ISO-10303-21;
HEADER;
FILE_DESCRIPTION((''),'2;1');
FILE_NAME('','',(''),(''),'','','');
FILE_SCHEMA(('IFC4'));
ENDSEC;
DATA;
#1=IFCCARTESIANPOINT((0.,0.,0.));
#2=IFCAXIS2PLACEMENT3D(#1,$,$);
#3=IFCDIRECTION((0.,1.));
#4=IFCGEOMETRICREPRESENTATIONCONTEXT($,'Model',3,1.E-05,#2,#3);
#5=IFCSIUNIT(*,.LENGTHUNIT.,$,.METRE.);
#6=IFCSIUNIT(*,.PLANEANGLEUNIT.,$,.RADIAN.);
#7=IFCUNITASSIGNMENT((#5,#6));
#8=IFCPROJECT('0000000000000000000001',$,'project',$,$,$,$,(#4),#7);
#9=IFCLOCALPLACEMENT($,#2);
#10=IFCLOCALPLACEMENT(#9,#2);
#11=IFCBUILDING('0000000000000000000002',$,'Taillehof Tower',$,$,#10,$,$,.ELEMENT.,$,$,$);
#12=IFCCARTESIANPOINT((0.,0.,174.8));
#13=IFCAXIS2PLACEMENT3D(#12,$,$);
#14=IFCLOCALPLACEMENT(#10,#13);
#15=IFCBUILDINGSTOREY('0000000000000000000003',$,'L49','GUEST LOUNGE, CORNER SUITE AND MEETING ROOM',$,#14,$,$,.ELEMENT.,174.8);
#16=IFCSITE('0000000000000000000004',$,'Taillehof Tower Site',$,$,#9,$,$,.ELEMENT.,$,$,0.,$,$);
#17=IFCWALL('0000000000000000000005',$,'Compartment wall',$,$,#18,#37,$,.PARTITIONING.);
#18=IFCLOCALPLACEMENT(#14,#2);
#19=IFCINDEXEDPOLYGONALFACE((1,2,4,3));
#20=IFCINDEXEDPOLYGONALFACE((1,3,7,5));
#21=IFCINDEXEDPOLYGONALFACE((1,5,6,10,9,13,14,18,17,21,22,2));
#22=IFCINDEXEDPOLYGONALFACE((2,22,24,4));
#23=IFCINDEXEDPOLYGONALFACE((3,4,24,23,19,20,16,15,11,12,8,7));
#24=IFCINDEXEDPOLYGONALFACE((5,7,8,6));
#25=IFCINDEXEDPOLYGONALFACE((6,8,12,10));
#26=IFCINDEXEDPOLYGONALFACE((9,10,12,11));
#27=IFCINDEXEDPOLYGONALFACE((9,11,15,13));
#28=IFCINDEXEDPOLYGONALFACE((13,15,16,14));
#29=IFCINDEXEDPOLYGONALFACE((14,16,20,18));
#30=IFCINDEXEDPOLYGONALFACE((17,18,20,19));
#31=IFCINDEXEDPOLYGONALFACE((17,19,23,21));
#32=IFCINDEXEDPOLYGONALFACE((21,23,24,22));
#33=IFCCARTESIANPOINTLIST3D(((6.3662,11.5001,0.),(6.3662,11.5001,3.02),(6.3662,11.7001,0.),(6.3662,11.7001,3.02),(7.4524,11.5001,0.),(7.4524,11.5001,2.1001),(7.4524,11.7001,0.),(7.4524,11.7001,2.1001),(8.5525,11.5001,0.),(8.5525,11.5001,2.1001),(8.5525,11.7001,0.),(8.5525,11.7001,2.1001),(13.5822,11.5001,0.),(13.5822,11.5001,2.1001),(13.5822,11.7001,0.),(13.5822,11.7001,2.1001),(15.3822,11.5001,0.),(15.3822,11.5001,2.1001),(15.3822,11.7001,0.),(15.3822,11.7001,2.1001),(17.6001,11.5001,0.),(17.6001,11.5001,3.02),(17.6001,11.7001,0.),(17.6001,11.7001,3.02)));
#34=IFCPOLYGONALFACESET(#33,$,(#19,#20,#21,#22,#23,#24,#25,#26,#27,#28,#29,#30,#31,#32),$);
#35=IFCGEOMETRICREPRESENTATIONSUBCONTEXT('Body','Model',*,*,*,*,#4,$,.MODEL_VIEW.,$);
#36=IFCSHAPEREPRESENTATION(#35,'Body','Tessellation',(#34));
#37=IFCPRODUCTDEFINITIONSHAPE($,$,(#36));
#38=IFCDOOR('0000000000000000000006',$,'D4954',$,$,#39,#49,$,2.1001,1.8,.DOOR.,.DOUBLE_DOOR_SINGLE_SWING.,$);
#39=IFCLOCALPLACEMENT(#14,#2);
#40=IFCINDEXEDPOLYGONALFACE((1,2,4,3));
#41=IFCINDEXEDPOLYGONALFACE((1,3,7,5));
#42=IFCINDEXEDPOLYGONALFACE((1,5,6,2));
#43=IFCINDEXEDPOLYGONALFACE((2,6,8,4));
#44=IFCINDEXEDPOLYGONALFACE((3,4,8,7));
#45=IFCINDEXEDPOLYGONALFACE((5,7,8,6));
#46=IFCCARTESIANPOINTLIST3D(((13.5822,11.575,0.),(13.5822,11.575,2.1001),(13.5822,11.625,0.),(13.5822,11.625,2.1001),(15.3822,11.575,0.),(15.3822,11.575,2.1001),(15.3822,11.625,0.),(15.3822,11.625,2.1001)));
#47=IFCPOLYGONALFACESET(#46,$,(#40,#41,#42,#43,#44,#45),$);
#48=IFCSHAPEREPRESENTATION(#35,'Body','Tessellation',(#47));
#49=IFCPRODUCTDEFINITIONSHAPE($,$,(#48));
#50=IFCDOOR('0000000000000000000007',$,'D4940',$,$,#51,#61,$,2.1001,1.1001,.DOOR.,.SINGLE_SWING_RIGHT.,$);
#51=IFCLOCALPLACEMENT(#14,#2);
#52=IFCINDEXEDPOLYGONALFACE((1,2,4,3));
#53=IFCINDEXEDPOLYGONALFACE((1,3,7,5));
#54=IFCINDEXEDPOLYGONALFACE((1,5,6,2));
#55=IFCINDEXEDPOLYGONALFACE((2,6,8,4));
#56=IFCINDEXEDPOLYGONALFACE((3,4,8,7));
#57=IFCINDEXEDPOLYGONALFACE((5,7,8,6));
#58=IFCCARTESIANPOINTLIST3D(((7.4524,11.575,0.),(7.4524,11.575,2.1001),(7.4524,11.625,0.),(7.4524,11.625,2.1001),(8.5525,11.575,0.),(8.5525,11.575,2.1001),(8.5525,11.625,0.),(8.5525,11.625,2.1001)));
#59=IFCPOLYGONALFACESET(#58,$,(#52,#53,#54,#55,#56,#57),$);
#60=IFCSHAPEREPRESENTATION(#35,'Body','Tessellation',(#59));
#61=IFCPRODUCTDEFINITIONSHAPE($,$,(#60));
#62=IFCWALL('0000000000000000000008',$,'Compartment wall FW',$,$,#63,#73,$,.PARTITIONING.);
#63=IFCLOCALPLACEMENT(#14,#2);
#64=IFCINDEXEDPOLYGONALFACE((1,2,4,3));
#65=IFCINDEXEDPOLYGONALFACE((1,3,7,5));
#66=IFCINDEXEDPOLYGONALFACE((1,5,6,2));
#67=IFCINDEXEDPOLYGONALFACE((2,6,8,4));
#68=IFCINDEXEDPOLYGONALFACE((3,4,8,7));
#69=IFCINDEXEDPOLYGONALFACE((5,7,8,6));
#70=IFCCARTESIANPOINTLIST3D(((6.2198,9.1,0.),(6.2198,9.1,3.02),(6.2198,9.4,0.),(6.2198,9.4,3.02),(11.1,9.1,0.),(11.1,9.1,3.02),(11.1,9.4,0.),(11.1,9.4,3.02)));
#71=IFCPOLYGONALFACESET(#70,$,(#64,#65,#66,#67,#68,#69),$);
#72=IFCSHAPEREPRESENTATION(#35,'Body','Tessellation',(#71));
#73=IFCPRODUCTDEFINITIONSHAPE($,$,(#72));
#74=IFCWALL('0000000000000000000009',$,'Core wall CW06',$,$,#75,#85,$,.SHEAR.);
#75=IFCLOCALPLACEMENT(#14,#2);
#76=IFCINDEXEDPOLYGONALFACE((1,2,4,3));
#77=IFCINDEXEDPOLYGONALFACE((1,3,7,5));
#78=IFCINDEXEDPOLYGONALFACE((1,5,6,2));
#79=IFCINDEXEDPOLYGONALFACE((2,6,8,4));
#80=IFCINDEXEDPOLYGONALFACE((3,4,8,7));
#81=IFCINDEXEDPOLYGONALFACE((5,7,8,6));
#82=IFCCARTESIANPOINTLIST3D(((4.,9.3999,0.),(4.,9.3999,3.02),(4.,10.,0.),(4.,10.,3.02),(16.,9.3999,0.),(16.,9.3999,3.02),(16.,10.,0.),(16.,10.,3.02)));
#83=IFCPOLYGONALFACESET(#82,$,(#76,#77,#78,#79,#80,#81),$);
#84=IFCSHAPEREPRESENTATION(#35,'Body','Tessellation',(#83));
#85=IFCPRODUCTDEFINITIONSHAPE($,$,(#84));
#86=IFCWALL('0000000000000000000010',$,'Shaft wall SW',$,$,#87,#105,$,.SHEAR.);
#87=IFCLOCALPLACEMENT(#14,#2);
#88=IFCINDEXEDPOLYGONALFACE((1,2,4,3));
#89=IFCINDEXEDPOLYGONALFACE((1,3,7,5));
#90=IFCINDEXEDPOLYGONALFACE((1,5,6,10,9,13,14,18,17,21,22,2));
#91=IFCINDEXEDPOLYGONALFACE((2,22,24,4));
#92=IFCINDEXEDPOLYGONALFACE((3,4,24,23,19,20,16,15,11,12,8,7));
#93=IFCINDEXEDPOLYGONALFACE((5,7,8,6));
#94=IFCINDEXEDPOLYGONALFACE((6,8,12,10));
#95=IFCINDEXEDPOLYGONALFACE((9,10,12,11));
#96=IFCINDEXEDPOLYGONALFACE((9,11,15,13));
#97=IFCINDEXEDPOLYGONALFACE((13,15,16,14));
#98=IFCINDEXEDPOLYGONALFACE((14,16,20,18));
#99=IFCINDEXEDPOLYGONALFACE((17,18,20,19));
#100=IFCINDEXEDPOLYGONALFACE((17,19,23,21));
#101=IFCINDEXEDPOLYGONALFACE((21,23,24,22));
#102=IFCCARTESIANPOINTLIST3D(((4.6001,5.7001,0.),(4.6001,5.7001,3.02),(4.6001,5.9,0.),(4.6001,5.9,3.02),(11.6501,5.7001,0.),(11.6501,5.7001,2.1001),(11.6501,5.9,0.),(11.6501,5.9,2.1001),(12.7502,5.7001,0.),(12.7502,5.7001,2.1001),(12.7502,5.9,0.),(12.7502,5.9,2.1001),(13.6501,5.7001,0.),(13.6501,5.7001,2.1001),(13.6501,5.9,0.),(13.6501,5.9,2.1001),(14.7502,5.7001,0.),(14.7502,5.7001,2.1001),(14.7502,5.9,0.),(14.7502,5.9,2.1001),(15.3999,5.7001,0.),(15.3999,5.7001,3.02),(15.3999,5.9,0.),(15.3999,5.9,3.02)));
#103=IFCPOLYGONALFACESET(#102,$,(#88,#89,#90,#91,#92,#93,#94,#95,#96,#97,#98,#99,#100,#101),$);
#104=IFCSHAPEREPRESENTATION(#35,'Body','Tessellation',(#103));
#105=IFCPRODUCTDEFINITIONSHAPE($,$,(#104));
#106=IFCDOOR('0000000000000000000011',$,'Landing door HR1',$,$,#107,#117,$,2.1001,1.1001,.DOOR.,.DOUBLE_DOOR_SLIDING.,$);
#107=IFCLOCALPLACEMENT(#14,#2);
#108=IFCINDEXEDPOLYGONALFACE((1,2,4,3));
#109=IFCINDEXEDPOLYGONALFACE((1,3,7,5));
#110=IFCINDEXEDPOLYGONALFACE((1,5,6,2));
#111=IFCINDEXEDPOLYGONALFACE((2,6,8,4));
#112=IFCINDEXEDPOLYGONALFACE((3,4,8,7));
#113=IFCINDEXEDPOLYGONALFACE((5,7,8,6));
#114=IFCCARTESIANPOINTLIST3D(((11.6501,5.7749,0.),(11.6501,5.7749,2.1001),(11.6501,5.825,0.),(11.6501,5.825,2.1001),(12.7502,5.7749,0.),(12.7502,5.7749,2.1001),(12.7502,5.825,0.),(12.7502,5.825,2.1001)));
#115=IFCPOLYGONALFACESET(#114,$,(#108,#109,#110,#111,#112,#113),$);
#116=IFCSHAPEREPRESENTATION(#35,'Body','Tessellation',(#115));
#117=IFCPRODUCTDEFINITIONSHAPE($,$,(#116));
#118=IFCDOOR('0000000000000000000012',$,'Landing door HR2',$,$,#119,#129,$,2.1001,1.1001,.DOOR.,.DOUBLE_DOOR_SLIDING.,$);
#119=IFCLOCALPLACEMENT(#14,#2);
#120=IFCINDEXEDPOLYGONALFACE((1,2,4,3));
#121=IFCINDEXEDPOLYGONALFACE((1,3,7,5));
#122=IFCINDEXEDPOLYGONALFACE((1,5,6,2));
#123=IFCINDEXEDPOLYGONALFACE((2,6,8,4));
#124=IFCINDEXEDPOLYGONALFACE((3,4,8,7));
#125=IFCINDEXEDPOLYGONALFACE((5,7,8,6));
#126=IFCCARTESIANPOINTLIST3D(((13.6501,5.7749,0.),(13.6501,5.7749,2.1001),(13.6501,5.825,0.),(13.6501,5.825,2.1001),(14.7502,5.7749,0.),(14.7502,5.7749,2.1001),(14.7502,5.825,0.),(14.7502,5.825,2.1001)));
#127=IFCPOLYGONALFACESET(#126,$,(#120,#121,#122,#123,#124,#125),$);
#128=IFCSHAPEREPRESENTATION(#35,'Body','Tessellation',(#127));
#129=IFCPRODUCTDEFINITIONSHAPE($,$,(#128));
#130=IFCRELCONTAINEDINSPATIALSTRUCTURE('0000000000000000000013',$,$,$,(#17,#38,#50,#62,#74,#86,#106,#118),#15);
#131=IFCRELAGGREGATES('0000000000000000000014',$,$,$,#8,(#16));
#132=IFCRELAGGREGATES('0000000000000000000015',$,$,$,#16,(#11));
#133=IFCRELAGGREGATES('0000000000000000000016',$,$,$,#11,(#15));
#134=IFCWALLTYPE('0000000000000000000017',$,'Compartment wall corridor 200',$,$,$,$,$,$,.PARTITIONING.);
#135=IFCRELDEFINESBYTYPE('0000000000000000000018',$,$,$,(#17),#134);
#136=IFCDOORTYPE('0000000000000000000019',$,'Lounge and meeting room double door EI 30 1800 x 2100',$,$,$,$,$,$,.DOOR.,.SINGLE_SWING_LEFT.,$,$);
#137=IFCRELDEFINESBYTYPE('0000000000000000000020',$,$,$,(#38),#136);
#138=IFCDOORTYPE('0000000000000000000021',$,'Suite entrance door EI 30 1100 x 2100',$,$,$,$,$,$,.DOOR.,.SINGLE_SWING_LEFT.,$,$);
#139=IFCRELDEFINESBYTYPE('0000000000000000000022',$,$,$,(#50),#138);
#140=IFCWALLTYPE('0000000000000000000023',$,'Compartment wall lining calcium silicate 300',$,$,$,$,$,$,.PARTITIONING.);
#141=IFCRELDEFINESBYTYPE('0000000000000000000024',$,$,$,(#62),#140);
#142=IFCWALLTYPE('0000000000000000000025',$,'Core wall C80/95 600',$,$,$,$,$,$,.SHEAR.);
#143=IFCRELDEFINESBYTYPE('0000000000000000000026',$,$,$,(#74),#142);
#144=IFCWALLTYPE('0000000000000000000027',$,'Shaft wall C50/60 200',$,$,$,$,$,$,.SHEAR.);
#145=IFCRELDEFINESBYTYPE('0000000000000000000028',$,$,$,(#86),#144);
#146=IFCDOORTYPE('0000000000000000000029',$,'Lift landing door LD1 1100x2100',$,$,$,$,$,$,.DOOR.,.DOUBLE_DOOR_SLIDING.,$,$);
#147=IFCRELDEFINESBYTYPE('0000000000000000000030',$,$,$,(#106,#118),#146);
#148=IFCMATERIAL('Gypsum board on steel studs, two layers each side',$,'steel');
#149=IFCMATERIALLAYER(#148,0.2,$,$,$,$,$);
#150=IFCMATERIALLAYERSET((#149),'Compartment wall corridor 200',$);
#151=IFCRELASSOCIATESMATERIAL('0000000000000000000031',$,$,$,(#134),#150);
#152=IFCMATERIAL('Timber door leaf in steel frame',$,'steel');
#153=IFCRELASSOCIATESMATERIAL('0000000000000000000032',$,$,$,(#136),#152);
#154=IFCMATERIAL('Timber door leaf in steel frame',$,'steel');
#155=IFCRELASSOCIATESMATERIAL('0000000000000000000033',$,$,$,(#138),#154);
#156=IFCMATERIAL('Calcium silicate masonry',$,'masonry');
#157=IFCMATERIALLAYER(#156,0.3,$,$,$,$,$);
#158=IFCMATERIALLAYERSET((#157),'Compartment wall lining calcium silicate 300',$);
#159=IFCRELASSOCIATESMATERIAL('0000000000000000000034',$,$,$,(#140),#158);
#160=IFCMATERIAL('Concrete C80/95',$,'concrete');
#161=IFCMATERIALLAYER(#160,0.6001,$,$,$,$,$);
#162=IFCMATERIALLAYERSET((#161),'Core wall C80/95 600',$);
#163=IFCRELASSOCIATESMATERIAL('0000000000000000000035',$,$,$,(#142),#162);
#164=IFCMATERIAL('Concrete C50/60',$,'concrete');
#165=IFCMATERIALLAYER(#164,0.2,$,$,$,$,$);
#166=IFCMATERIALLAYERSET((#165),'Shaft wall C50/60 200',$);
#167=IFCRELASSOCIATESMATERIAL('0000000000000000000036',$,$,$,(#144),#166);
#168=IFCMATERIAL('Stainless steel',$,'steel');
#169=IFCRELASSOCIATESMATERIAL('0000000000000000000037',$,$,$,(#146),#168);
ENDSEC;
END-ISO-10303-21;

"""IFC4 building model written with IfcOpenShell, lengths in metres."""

from ifc_helpers import new_model, si_unit, direction, frame, frame_2d, origin, place, context, subcontext, project, spatial, rectangle, extrude, material, layer, layer_set, type_object, element, fill, save


model = new_model("IFC4")

# Units and contexts
model_context = context("Model", 3, precision=1e-05, world=origin(), true_north=direction((0.0, 1.0)))
body_context = subcontext(model_context, "Body", "Model", "MODEL_VIEW")
ifc_project = project(units=[si_unit("LENGTHUNIT", "METRE"), si_unit("PLANEANGLEUNIT", "RADIAN")], contexts=[model_context])

# Site, building, storey
site_placement = place(None, origin())
site = spatial("IfcSite", under=ifc_project, at=site_placement, Name="Taillehof Tower Site", CompositionType="ELEMENT", RefElevation=0.0)
building_placement = place(site_placement, origin())
building = spatial("IfcBuilding", under=site, at=building_placement, Name="Taillehof Tower", CompositionType="ELEMENT")
storey_placement = place(building_placement, frame((0.0, 0.0, 174.8)))
storey = spatial("IfcBuildingStorey", under=building, at=storey_placement, Name="L49", Description="GUEST LOUNGE, CORNER SUITE AND MEETING ROOM", CompositionType="ELEMENT", Elevation=174.8)

# Wall, openings, doors
ifc_material_1 = material(Name="Gypsum board on steel studs, two layers each side", Category="steel")
ifc_layer_1 = layer(ifc_material_1, 0.2)
ifc_layer_set_1 = layer_set([ifc_layer_1], Name="Compartment wall corridor 200")
wall_type_1 = type_object("IfcWallType", Name="Compartment wall corridor 200", PredefinedType="PARTITIONING", material=ifc_layer_set_1)
wall_1_placement = place(storey_placement, frame((6.3662, 11.6001, 0.0), z_axis=(0.0, 0.0, 1.0), x_axis=(1.0, 0.0, 0.0)))
wall_1 = element("IfcWall", 1, at=wall_1_placement, inside=storey, type_object=wall_type_1, Name="Compartment wall", PredefinedType="PARTITIONING", context=body_context, shape_type="SweptSolid", body=[
    extrude(rectangle(XDim=11.2339, YDim=0.2, at=frame_2d((5.6169, 0.0))), origin(), (0.0, 0.0, 1.0), 3.02),
])
opening_1_placement = place(wall_1_placement, frame((1.0862, 0.0, 0.0)))
opening_1 = element("IfcOpeningElement", 2, at=opening_1_placement, cuts=wall_1, PredefinedType="OPENING", context=body_context, shape_type="SweptSolid", body=[
    extrude(rectangle(XDim=1.1001, YDim=2.1001, at=frame_2d((0.55, 1.05))), frame((0.0, 0.1099, 0.0), z_axis=(0.0, -1.0, 0.0), x_axis=(1.0, 0.0, 0.0)), (0.0, 0.0, 1.0), 0.22),
])
opening_2_placement = place(wall_1_placement, frame((7.2161, 0.0, 0.0)))
opening_2 = element("IfcOpeningElement", 3, at=opening_2_placement, cuts=wall_1, PredefinedType="OPENING", context=body_context, shape_type="SweptSolid", body=[
    extrude(rectangle(XDim=1.8, YDim=2.1001, at=frame_2d((0.8999, 1.05))), frame((0.0, 0.1099, 0.0), z_axis=(0.0, -1.0, 0.0), x_axis=(1.0, 0.0, 0.0)), (0.0, 0.0, 1.0), 0.22),
])
ifc_material_2 = material(Name="Timber door leaf in steel frame", Category="steel")
door_type_1 = type_object("IfcDoorType", Name="Lounge and meeting room double door EI 30 1800 x 2100", OperationType="SINGLE_SWING_LEFT", PredefinedType="DOOR", material=ifc_material_2)
door_1_placement = place(opening_2_placement, origin())
door_1 = element("IfcDoor", 4, at=door_1_placement, inside=storey, type_object=door_type_1, Name="D4954", OperationType="DOUBLE_DOOR_SINGLE_SWING", OverallHeight=2.1001, OverallWidth=1.8, PredefinedType="DOOR", context=body_context, shape_type="SweptSolid", body=[
    extrude(rectangle(XDim=1.8, YDim=2.1001, at=frame_2d((0.8999, 1.05))), frame((0.0, 0.0249, 0.0), z_axis=(0.0, -1.0, 0.0), x_axis=(1.0, 0.0, 0.0)), (0.0, 0.0, 1.0), 0.05),
])
fill(opening_2, door_1)
ifc_material_3 = material(Name="Timber door leaf in steel frame", Category="steel")
door_type_2 = type_object("IfcDoorType", Name="Suite entrance door EI 30 1100 x 2100", OperationType="SINGLE_SWING_LEFT", PredefinedType="DOOR", material=ifc_material_3)
door_2_placement = place(opening_1_placement, origin())
door_2 = element("IfcDoor", 5, at=door_2_placement, inside=storey, type_object=door_type_2, Name="D4940", OperationType="SINGLE_SWING_RIGHT", OverallHeight=2.1001, OverallWidth=1.1001, PredefinedType="DOOR", context=body_context, shape_type="SweptSolid", body=[
    extrude(rectangle(XDim=1.1001, YDim=2.1001, at=frame_2d((0.55, 1.05))), frame((0.0, 0.0249, 0.0), z_axis=(0.0, -1.0, 0.0), x_axis=(1.0, 0.0, 0.0)), (0.0, 0.0, 1.0), 0.05),
])
fill(opening_1, door_2)

# Walls
ifc_material_4 = material(Name="Calcium silicate masonry", Category="masonry")
ifc_layer_2 = layer(ifc_material_4, 0.3)
ifc_layer_set_2 = layer_set([ifc_layer_2], Name="Compartment wall lining calcium silicate 300")
wall_type_2 = type_object("IfcWallType", Name="Compartment wall lining calcium silicate 300", PredefinedType="PARTITIONING", material=ifc_layer_set_2)
wall_2_placement = place(storey_placement, frame((6.22, 9.25, 0.0), z_axis=(0.0, 0.0, 1.0), x_axis=(1.0, 0.0, 0.0)))
element("IfcWall", 6, at=wall_2_placement, inside=storey, type_object=wall_type_2, Name="Compartment wall FW", PredefinedType="PARTITIONING", context=body_context, shape_type="SweptSolid", body=[
    extrude(rectangle(XDim=4.8801, YDim=0.3, at=frame_2d((2.4399, 0.0))), origin(), (0.0, 0.0, 1.0), 3.02),
])
ifc_material_5 = material(Name="Concrete C80/95", Category="concrete")
ifc_layer_3 = layer(ifc_material_5, 0.6001)
ifc_layer_set_3 = layer_set([ifc_layer_3], Name="Core wall C80/95 600")
wall_type_3 = type_object("IfcWallType", Name="Core wall C80/95 600", PredefinedType="SHEAR", material=ifc_layer_set_3)
wall_3_placement = place(storey_placement, frame((4.0, 9.7, 0.0), z_axis=(0.0, 0.0, 1.0), x_axis=(1.0, 0.0, 0.0)))
element("IfcWall", 7, at=wall_3_placement, inside=storey, type_object=wall_type_3, Name="Core wall CW06", PredefinedType="SHEAR", context=body_context, shape_type="SweptSolid", body=[
    extrude(rectangle(XDim=12.0, YDim=0.6001, at=frame_2d((6.0, 0.0))), origin(), (0.0, 0.0, 1.0), 3.02),
])

# Wall, openings, doors
ifc_material_6 = material(Name="Concrete C50/60", Category="concrete")
ifc_layer_4 = layer(ifc_material_6, 0.2)
ifc_layer_set_4 = layer_set([ifc_layer_4], Name="Shaft wall C50/60 200")
wall_type_4 = type_object("IfcWallType", Name="Shaft wall C50/60 200", PredefinedType="SHEAR", material=ifc_layer_set_4)
wall_4_placement = place(storey_placement, frame((4.6001, 5.8, 0.0), z_axis=(0.0, 0.0, 1.0), x_axis=(1.0, 0.0, 0.0)))
wall_4 = element("IfcWall", 8, at=wall_4_placement, inside=storey, type_object=wall_type_4, Name="Shaft wall SW", PredefinedType="SHEAR", context=body_context, shape_type="SweptSolid", body=[
    extrude(rectangle(XDim=10.7998, YDim=0.2, at=frame_2d((5.3999, 0.0))), origin(), (0.0, 0.0, 1.0), 3.02),
])
opening_3_placement = place(wall_4_placement, frame((7.05, 0.0, 0.0)))
opening_3 = element("IfcOpeningElement", 9, at=opening_3_placement, cuts=wall_4, PredefinedType="OPENING", context=body_context, shape_type="SweptSolid", body=[
    extrude(rectangle(XDim=1.1001, YDim=2.1001, at=frame_2d((0.55, 1.05))), frame((0.0, 0.1099, 0.0), z_axis=(0.0, -1.0, 0.0), x_axis=(1.0, 0.0, 0.0)), (0.0, 0.0, 1.0), 0.22),
])
opening_4_placement = place(wall_4_placement, frame((9.05, 0.0, 0.0)))
opening_4 = element("IfcOpeningElement", 10, at=opening_4_placement, cuts=wall_4, PredefinedType="OPENING", context=body_context, shape_type="SweptSolid", body=[
    extrude(rectangle(XDim=1.1001, YDim=2.1001, at=frame_2d((0.55, 1.05))), frame((0.0, 0.1099, 0.0), z_axis=(0.0, -1.0, 0.0), x_axis=(1.0, 0.0, 0.0)), (0.0, 0.0, 1.0), 0.22),
])
ifc_material_7 = material(Name="Stainless steel", Category="steel")
door_type_3 = type_object("IfcDoorType", Name="Lift landing door LD1 1100x2100", OperationType="DOUBLE_DOOR_SLIDING", PredefinedType="DOOR", material=ifc_material_7)
door_3_placement = place(opening_3_placement, origin())
door_3 = element("IfcDoor", 11, at=door_3_placement, inside=storey, type_object=door_type_3, Name="Landing door HR1", OperationType="DOUBLE_DOOR_SLIDING", OverallHeight=2.1001, OverallWidth=1.1001, PredefinedType="DOOR", context=body_context, shape_type="SweptSolid", body=[
    extrude(rectangle(XDim=1.1001, YDim=2.1001, at=frame_2d((0.55, 1.05))), frame((0.0, 0.0249, 0.0), z_axis=(0.0, -1.0, 0.0), x_axis=(1.0, 0.0, 0.0)), (0.0, 0.0, 1.0), 0.05),
])
fill(opening_3, door_3)
door_4_placement = place(opening_4_placement, origin())
door_4 = element("IfcDoor", 12, at=door_4_placement, inside=storey, type_object=door_type_3, Name="Landing door HR2", OperationType="DOUBLE_DOOR_SLIDING", OverallHeight=2.1001, OverallWidth=1.1001, PredefinedType="DOOR", context=body_context, shape_type="SweptSolid", body=[
    extrude(rectangle(XDim=1.1001, YDim=2.1001, at=frame_2d((0.55, 1.05))), frame((0.0, 0.0249, 0.0), z_axis=(0.0, -1.0, 0.0), x_axis=(1.0, 0.0, 0.0)), (0.0, 0.0, 1.0), 0.05),
])
fill(opening_4, door_4)

save(model, "model.ifc")
